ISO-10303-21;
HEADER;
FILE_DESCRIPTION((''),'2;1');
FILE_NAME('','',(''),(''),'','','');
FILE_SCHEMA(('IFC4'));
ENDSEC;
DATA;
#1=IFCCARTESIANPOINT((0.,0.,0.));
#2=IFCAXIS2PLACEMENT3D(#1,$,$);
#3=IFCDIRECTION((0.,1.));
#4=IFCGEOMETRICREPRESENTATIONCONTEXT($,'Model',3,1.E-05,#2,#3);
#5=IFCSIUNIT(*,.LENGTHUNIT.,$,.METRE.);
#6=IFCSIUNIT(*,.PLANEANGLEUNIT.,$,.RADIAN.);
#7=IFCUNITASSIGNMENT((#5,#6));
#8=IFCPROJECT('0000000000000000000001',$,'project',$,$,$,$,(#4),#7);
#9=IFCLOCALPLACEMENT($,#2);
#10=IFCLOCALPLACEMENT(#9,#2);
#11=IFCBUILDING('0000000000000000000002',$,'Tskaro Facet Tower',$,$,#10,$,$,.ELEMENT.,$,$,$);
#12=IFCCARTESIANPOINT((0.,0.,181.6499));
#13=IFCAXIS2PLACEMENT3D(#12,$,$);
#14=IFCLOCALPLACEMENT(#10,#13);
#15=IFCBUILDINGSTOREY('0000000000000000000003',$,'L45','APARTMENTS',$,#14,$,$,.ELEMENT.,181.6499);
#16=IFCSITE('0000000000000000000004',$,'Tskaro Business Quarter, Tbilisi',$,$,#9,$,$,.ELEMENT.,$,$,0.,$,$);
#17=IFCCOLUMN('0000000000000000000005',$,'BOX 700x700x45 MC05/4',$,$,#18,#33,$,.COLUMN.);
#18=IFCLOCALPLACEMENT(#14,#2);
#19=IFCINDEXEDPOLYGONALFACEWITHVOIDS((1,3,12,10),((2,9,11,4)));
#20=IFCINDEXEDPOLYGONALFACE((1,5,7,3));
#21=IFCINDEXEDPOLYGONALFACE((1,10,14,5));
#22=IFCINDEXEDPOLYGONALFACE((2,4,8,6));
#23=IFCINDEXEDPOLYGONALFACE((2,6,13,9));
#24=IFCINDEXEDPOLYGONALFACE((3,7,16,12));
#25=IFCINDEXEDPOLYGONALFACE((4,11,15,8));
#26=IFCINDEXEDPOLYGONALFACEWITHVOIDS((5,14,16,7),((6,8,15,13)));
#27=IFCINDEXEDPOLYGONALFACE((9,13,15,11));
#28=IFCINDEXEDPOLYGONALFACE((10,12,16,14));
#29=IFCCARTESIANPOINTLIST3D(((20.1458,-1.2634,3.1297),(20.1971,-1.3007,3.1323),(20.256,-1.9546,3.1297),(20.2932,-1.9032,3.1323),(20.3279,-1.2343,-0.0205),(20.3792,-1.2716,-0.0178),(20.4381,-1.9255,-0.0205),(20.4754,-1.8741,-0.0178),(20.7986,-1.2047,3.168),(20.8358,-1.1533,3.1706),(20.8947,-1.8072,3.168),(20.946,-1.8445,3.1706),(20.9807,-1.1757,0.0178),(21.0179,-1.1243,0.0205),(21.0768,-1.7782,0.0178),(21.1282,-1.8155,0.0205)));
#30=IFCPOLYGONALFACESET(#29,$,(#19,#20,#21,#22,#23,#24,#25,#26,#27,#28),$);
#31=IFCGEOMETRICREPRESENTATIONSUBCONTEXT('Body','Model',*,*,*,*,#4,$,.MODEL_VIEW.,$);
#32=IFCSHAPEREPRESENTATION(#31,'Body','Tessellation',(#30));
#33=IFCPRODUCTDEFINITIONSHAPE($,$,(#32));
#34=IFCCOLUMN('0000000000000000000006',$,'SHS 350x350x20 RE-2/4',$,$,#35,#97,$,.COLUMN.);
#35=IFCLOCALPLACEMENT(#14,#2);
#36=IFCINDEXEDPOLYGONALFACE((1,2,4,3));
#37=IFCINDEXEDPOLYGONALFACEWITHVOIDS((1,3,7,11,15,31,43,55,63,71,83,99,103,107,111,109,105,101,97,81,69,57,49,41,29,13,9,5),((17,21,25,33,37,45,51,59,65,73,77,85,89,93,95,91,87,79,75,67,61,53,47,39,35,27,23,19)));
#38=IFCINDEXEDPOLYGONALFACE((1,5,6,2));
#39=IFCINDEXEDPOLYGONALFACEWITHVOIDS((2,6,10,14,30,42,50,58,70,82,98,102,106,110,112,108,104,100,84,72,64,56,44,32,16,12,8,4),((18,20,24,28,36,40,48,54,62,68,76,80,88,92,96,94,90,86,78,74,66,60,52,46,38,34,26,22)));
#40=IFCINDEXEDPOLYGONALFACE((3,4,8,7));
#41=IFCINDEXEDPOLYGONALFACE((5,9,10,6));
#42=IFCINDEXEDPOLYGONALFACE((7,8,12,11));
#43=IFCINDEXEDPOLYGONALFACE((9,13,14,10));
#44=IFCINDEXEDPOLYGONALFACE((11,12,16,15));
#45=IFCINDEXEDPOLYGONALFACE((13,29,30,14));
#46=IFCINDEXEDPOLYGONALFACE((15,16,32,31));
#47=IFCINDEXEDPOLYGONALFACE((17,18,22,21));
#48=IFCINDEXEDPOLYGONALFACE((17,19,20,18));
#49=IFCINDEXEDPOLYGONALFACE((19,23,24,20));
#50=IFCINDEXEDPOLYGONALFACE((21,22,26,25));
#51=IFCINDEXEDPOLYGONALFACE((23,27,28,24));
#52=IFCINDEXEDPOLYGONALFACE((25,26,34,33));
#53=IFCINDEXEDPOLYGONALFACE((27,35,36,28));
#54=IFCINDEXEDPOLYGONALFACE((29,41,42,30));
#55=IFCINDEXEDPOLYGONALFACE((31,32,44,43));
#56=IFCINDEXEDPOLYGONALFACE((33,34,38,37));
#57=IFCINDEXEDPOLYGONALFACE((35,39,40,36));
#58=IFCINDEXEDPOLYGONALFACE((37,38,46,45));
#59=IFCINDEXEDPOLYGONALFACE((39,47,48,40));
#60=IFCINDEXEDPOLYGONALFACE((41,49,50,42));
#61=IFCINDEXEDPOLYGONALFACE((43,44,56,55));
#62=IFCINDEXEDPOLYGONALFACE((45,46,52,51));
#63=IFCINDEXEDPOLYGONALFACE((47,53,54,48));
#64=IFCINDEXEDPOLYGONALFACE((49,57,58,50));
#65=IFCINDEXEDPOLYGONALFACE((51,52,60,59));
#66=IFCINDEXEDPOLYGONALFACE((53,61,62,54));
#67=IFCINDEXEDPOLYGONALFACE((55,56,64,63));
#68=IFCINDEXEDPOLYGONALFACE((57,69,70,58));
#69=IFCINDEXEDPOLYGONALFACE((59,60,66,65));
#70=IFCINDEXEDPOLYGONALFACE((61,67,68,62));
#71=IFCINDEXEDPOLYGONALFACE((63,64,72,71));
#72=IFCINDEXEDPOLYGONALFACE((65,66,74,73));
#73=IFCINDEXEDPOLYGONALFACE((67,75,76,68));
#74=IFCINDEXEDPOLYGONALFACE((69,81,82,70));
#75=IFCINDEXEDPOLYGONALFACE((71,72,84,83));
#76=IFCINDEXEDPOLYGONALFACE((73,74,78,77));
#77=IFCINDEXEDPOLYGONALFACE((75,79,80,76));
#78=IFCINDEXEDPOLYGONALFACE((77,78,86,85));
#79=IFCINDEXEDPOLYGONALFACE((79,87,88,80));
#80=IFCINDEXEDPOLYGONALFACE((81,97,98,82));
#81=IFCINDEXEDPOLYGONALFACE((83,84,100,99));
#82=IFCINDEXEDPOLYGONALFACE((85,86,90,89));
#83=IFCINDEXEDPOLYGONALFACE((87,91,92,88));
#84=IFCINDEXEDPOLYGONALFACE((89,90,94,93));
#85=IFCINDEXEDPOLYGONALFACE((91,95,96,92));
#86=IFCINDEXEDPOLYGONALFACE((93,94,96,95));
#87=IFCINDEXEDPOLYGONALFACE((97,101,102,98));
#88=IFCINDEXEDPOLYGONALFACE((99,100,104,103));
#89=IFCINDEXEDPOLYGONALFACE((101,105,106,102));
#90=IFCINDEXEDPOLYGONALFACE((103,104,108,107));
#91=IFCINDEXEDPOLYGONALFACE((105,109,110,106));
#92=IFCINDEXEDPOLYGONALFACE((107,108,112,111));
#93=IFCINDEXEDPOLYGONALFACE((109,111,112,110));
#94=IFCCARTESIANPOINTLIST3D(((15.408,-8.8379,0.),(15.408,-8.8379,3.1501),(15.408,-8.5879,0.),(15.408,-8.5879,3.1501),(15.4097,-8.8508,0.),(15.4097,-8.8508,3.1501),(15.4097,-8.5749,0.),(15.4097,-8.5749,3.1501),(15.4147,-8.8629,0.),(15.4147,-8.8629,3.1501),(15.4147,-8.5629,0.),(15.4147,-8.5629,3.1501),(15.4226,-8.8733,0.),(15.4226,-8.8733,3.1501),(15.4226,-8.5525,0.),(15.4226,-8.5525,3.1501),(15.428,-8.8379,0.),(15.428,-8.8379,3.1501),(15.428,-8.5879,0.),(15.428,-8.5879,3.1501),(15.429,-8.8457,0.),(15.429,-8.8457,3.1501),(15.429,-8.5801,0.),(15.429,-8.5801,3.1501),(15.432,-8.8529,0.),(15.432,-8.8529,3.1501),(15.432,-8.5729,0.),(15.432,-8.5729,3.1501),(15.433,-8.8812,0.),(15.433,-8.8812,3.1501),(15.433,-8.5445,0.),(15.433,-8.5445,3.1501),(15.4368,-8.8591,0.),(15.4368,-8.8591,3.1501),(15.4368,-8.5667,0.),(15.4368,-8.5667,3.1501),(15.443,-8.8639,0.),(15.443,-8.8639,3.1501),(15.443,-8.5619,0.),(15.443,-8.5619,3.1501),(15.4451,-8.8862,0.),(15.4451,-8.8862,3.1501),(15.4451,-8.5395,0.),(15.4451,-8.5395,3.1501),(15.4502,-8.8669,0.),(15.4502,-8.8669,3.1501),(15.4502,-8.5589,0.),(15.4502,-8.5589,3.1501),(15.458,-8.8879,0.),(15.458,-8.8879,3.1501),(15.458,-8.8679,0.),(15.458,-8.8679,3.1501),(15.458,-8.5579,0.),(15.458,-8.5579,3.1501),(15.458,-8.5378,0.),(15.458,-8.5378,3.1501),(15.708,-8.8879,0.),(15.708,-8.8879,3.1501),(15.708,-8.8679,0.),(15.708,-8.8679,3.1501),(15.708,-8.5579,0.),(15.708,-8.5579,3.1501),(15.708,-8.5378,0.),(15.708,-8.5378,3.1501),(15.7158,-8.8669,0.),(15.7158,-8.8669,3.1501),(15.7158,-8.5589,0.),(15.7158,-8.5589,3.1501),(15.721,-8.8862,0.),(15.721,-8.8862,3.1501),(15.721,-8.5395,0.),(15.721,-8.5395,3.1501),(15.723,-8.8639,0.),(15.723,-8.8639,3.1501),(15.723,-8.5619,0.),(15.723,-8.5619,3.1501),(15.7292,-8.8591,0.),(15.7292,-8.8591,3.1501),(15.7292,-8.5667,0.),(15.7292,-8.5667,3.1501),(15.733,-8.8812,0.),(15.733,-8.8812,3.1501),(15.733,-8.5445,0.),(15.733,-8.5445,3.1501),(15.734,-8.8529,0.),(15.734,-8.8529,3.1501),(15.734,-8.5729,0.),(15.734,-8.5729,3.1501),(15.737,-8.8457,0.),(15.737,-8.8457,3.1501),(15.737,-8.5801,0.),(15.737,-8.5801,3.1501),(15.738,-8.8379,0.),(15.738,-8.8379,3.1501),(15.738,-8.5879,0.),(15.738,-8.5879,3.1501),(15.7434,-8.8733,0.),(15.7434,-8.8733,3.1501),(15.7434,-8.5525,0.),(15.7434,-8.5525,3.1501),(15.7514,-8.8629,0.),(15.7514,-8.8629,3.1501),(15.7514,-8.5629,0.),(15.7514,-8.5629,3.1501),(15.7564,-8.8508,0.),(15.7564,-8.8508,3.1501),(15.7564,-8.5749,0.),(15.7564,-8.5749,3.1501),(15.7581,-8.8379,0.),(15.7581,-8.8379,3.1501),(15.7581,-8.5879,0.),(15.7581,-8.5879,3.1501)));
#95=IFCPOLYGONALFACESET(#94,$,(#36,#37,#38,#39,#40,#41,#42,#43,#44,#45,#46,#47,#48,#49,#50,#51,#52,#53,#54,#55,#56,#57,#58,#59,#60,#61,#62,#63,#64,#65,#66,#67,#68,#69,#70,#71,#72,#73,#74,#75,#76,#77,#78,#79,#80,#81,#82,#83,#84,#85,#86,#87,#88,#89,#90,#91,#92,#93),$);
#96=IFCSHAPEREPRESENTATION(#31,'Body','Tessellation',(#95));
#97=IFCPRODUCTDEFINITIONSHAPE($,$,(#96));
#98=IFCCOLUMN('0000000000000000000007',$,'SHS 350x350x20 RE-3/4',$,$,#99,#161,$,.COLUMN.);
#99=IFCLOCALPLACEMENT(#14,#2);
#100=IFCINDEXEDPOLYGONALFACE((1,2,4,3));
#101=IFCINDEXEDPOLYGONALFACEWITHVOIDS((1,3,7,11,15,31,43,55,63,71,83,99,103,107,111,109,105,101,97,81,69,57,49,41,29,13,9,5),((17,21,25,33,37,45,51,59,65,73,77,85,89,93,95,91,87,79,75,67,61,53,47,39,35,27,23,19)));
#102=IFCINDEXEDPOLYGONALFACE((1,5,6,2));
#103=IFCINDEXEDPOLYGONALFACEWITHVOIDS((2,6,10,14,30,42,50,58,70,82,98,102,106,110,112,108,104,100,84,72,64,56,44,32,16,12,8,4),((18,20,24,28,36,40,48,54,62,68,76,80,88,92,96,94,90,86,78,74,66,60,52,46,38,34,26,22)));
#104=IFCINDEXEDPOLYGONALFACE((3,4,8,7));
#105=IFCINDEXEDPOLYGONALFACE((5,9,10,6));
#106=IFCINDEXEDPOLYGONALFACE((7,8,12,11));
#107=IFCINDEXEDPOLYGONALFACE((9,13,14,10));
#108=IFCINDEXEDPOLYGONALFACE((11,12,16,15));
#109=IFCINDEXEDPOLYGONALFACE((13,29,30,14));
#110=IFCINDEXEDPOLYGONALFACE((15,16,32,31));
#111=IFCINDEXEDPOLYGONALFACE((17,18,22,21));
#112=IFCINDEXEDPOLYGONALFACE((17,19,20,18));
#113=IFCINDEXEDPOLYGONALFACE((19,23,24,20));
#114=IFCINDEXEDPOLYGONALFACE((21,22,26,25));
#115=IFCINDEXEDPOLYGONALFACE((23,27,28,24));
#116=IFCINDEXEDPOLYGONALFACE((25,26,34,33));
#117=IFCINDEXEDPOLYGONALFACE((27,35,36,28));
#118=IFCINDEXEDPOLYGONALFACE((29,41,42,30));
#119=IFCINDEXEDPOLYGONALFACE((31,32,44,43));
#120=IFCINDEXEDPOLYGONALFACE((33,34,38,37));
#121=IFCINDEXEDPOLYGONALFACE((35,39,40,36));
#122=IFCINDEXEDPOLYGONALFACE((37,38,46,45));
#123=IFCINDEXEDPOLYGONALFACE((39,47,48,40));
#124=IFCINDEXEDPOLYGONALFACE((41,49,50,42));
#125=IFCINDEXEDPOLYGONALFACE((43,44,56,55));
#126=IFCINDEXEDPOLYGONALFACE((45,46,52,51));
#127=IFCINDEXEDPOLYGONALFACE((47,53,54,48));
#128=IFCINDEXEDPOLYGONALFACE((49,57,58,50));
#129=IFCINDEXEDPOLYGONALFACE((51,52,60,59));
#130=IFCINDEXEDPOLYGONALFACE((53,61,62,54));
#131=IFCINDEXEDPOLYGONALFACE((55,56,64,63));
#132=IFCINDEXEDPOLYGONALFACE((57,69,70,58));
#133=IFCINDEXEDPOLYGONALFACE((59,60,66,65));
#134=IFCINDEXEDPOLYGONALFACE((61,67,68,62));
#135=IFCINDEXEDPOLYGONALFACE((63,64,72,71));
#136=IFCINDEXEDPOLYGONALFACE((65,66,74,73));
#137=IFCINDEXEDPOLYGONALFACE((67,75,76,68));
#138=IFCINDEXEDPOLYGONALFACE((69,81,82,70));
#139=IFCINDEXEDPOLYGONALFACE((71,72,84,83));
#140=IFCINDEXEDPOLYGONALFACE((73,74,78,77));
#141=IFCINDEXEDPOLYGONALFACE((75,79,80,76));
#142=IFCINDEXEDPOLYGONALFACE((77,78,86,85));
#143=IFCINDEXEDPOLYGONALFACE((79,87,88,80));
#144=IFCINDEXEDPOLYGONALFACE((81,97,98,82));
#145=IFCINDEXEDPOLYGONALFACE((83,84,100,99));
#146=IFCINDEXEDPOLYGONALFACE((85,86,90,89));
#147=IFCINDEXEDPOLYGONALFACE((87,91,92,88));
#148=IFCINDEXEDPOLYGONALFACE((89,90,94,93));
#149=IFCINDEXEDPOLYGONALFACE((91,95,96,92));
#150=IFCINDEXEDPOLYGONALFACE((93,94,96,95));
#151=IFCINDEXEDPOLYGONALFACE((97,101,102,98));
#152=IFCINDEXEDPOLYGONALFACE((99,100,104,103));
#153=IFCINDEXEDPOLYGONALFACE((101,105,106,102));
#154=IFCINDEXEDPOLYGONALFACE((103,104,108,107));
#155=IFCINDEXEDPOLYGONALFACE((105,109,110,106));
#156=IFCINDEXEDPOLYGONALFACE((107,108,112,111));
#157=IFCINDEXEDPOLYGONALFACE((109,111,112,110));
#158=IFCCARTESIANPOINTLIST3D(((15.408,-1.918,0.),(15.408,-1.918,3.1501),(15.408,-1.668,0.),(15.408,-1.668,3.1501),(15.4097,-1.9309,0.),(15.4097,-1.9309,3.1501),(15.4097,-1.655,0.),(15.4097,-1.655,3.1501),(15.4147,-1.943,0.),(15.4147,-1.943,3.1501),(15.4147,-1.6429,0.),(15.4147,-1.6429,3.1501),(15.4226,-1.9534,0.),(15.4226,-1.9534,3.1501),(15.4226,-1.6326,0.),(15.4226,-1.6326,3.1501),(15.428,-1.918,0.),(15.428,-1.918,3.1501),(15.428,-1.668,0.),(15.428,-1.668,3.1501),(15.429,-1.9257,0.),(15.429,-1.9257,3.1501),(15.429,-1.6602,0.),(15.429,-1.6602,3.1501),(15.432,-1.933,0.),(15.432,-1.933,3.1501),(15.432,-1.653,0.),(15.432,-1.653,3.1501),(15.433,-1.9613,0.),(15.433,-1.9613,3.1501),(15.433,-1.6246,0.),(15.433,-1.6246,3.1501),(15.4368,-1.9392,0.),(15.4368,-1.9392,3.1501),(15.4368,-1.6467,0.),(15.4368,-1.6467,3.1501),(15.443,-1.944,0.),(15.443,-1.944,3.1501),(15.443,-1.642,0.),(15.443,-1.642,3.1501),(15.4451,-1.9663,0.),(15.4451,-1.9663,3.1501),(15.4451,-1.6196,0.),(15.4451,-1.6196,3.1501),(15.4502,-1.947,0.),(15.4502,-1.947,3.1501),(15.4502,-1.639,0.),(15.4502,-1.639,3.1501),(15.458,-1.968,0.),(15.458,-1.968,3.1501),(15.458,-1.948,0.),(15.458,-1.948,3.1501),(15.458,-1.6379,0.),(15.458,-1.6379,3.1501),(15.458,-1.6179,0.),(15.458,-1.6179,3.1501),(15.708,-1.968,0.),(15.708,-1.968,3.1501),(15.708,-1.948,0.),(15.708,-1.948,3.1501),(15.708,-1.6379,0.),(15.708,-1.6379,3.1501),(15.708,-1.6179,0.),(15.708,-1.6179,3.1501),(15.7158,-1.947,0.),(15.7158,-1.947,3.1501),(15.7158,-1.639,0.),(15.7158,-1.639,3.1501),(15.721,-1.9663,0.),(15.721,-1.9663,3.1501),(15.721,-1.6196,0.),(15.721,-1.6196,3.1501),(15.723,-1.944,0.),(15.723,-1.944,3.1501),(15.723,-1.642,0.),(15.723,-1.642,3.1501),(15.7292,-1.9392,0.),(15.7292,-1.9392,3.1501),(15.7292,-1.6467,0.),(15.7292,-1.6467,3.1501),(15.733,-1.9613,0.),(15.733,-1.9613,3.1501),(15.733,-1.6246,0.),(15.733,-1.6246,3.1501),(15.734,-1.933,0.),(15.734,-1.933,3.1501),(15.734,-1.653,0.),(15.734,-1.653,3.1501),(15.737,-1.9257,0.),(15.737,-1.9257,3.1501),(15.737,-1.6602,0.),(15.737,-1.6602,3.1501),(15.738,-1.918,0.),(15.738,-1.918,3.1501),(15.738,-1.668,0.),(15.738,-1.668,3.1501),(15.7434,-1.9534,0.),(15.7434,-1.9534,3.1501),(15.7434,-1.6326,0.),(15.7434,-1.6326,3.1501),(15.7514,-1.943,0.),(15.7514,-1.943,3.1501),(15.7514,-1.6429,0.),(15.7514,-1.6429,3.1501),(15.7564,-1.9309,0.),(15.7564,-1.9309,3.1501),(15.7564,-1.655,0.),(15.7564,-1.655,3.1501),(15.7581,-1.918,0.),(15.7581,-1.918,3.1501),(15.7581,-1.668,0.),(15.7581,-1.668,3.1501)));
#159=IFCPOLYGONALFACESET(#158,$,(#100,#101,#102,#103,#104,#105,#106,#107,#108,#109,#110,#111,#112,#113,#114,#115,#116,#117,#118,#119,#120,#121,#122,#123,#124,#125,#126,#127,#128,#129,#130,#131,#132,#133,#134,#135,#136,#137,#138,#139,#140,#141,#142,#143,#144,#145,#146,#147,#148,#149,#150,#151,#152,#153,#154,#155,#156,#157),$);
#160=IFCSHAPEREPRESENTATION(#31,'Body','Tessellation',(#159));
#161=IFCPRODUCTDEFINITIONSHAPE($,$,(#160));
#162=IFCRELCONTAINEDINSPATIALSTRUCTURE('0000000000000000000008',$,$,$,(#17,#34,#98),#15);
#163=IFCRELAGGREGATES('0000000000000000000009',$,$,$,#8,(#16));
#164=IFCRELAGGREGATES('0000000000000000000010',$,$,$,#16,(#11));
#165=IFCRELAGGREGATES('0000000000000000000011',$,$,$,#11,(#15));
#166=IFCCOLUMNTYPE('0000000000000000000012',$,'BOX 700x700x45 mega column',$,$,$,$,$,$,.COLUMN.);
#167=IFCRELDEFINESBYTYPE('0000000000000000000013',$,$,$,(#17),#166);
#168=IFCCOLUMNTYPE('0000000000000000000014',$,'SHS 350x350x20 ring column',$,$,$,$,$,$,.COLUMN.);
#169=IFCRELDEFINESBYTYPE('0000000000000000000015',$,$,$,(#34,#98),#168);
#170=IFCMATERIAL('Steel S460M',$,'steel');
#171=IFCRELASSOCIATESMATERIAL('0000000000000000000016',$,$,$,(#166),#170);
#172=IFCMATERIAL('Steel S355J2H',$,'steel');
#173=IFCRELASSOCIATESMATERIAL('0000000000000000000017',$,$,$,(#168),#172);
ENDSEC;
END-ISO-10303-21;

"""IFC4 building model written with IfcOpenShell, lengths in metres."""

from ifc_helpers import new_model, si_unit, direction, frame, origin, origin_2d, place, context, subcontext, project, spatial, hollow_rectangle, extrude, material, material_profile, profile_set, type_object, element, save


model = new_model("IFC4")

# Units and contexts
model_context = context("Model", 3, precision=1e-05, world=origin(), true_north=direction((0.0, 1.0)))
body_context = subcontext(model_context, "Body", "Model", "MODEL_VIEW")
ifc_project = project(units=[si_unit("LENGTHUNIT", "METRE"), si_unit("PLANEANGLEUNIT", "RADIAN")], contexts=[model_context])

# Site, building, storey
site_placement = place(None, origin())
site = spatial("IfcSite", under=ifc_project, at=site_placement, Name="Tskaro Business Quarter, Tbilisi", CompositionType="ELEMENT", RefElevation=0.0)
building_placement = place(site_placement, origin())
building = spatial("IfcBuilding", under=site, at=building_placement, Name="Tskaro Facet Tower", CompositionType="ELEMENT")
storey_placement = place(building_placement, frame((0.0, 0.0, 181.6499)))
storey = spatial("IfcBuildingStorey", under=building, at=storey_placement, Name="L45", Description="APARTMENTS", CompositionType="ELEMENT", Elevation=181.6499)

# Columns
ifc_material_1 = material(Name="Steel S460M", Category="steel")
ifc_material_profile_1 = material_profile(ifc_material_1, hollow_rectangle(XDim=0.7, YDim=0.7, WallThickness=0.0449, at=origin_2d()), Name="BOX 700x700x45")
ifc_profile_set_1 = profile_set([ifc_material_profile_1], Name="Steel S460M")
column_type_1 = type_object("IfcColumnType", Name="BOX 700x700x45 mega column", PredefinedType="COLUMN", material=ifc_profile_set_1)
column_placement = place(storey_placement, frame((20.728, -1.5249, 0.0), z_axis=(-0.057717, -0.009207, 0.998291), x_axis=(0.157526, -0.987515, 0.0)))
element("IfcColumn", 1, at=column_placement, inside=storey, type_object=column_type_1, Name="BOX 700x700x45 MC05/4", PredefinedType="COLUMN", context=body_context, shape_type="SweptSolid", body=[
    extrude(hollow_rectangle(XDim=0.7, YDim=0.7, WallThickness=0.0449, at=origin_2d()), origin(), (0.0, 0.0, 1.0), 3.1555),
])
ifc_material_2 = material(Name="Steel S355J2H", Category="steel")
ifc_material_profile_2 = material_profile(ifc_material_2, hollow_rectangle(XDim=0.3501, YDim=0.3501, WallThickness=0.02, InnerFilletRadius=0.03, OuterFilletRadius=0.05, at=origin_2d()), Name="SHS 350x350x20")
ifc_profile_set_2 = profile_set([ifc_material_profile_2], Name="Steel S355J2H")
column_type_2 = type_object("IfcColumnType", Name="SHS 350x350x20 ring column", PredefinedType="COLUMN", material=ifc_profile_set_2)
for number, where, z_axis, x_axis, name in (
    (2, (15.583, -8.7129, 0.0), (0.0, 0.0, 1.0), (1.0, 0.0, 0.0), "SHS 350x350x20 RE-2/4"),
    (3, (15.583, -1.793, 0.0), (0.0, 0.0, 1.0), (1.0, 0.0, 0.0), "SHS 350x350x20 RE-3/4"),
):
    element("IfcColumn", number, at=place(storey_placement, frame(where, z_axis=z_axis, x_axis=x_axis)), inside=storey, type_object=column_type_2, Name=name, PredefinedType="COLUMN", context=body_context, shape_type="SweptSolid", body=[
        extrude(hollow_rectangle(XDim=0.3501, YDim=0.3501, WallThickness=0.02, InnerFilletRadius=0.03, OuterFilletRadius=0.05, at=origin_2d()), origin(), (0.0, 0.0, 1.0), 3.1501),
    ])

save(model, "model.ifc")
